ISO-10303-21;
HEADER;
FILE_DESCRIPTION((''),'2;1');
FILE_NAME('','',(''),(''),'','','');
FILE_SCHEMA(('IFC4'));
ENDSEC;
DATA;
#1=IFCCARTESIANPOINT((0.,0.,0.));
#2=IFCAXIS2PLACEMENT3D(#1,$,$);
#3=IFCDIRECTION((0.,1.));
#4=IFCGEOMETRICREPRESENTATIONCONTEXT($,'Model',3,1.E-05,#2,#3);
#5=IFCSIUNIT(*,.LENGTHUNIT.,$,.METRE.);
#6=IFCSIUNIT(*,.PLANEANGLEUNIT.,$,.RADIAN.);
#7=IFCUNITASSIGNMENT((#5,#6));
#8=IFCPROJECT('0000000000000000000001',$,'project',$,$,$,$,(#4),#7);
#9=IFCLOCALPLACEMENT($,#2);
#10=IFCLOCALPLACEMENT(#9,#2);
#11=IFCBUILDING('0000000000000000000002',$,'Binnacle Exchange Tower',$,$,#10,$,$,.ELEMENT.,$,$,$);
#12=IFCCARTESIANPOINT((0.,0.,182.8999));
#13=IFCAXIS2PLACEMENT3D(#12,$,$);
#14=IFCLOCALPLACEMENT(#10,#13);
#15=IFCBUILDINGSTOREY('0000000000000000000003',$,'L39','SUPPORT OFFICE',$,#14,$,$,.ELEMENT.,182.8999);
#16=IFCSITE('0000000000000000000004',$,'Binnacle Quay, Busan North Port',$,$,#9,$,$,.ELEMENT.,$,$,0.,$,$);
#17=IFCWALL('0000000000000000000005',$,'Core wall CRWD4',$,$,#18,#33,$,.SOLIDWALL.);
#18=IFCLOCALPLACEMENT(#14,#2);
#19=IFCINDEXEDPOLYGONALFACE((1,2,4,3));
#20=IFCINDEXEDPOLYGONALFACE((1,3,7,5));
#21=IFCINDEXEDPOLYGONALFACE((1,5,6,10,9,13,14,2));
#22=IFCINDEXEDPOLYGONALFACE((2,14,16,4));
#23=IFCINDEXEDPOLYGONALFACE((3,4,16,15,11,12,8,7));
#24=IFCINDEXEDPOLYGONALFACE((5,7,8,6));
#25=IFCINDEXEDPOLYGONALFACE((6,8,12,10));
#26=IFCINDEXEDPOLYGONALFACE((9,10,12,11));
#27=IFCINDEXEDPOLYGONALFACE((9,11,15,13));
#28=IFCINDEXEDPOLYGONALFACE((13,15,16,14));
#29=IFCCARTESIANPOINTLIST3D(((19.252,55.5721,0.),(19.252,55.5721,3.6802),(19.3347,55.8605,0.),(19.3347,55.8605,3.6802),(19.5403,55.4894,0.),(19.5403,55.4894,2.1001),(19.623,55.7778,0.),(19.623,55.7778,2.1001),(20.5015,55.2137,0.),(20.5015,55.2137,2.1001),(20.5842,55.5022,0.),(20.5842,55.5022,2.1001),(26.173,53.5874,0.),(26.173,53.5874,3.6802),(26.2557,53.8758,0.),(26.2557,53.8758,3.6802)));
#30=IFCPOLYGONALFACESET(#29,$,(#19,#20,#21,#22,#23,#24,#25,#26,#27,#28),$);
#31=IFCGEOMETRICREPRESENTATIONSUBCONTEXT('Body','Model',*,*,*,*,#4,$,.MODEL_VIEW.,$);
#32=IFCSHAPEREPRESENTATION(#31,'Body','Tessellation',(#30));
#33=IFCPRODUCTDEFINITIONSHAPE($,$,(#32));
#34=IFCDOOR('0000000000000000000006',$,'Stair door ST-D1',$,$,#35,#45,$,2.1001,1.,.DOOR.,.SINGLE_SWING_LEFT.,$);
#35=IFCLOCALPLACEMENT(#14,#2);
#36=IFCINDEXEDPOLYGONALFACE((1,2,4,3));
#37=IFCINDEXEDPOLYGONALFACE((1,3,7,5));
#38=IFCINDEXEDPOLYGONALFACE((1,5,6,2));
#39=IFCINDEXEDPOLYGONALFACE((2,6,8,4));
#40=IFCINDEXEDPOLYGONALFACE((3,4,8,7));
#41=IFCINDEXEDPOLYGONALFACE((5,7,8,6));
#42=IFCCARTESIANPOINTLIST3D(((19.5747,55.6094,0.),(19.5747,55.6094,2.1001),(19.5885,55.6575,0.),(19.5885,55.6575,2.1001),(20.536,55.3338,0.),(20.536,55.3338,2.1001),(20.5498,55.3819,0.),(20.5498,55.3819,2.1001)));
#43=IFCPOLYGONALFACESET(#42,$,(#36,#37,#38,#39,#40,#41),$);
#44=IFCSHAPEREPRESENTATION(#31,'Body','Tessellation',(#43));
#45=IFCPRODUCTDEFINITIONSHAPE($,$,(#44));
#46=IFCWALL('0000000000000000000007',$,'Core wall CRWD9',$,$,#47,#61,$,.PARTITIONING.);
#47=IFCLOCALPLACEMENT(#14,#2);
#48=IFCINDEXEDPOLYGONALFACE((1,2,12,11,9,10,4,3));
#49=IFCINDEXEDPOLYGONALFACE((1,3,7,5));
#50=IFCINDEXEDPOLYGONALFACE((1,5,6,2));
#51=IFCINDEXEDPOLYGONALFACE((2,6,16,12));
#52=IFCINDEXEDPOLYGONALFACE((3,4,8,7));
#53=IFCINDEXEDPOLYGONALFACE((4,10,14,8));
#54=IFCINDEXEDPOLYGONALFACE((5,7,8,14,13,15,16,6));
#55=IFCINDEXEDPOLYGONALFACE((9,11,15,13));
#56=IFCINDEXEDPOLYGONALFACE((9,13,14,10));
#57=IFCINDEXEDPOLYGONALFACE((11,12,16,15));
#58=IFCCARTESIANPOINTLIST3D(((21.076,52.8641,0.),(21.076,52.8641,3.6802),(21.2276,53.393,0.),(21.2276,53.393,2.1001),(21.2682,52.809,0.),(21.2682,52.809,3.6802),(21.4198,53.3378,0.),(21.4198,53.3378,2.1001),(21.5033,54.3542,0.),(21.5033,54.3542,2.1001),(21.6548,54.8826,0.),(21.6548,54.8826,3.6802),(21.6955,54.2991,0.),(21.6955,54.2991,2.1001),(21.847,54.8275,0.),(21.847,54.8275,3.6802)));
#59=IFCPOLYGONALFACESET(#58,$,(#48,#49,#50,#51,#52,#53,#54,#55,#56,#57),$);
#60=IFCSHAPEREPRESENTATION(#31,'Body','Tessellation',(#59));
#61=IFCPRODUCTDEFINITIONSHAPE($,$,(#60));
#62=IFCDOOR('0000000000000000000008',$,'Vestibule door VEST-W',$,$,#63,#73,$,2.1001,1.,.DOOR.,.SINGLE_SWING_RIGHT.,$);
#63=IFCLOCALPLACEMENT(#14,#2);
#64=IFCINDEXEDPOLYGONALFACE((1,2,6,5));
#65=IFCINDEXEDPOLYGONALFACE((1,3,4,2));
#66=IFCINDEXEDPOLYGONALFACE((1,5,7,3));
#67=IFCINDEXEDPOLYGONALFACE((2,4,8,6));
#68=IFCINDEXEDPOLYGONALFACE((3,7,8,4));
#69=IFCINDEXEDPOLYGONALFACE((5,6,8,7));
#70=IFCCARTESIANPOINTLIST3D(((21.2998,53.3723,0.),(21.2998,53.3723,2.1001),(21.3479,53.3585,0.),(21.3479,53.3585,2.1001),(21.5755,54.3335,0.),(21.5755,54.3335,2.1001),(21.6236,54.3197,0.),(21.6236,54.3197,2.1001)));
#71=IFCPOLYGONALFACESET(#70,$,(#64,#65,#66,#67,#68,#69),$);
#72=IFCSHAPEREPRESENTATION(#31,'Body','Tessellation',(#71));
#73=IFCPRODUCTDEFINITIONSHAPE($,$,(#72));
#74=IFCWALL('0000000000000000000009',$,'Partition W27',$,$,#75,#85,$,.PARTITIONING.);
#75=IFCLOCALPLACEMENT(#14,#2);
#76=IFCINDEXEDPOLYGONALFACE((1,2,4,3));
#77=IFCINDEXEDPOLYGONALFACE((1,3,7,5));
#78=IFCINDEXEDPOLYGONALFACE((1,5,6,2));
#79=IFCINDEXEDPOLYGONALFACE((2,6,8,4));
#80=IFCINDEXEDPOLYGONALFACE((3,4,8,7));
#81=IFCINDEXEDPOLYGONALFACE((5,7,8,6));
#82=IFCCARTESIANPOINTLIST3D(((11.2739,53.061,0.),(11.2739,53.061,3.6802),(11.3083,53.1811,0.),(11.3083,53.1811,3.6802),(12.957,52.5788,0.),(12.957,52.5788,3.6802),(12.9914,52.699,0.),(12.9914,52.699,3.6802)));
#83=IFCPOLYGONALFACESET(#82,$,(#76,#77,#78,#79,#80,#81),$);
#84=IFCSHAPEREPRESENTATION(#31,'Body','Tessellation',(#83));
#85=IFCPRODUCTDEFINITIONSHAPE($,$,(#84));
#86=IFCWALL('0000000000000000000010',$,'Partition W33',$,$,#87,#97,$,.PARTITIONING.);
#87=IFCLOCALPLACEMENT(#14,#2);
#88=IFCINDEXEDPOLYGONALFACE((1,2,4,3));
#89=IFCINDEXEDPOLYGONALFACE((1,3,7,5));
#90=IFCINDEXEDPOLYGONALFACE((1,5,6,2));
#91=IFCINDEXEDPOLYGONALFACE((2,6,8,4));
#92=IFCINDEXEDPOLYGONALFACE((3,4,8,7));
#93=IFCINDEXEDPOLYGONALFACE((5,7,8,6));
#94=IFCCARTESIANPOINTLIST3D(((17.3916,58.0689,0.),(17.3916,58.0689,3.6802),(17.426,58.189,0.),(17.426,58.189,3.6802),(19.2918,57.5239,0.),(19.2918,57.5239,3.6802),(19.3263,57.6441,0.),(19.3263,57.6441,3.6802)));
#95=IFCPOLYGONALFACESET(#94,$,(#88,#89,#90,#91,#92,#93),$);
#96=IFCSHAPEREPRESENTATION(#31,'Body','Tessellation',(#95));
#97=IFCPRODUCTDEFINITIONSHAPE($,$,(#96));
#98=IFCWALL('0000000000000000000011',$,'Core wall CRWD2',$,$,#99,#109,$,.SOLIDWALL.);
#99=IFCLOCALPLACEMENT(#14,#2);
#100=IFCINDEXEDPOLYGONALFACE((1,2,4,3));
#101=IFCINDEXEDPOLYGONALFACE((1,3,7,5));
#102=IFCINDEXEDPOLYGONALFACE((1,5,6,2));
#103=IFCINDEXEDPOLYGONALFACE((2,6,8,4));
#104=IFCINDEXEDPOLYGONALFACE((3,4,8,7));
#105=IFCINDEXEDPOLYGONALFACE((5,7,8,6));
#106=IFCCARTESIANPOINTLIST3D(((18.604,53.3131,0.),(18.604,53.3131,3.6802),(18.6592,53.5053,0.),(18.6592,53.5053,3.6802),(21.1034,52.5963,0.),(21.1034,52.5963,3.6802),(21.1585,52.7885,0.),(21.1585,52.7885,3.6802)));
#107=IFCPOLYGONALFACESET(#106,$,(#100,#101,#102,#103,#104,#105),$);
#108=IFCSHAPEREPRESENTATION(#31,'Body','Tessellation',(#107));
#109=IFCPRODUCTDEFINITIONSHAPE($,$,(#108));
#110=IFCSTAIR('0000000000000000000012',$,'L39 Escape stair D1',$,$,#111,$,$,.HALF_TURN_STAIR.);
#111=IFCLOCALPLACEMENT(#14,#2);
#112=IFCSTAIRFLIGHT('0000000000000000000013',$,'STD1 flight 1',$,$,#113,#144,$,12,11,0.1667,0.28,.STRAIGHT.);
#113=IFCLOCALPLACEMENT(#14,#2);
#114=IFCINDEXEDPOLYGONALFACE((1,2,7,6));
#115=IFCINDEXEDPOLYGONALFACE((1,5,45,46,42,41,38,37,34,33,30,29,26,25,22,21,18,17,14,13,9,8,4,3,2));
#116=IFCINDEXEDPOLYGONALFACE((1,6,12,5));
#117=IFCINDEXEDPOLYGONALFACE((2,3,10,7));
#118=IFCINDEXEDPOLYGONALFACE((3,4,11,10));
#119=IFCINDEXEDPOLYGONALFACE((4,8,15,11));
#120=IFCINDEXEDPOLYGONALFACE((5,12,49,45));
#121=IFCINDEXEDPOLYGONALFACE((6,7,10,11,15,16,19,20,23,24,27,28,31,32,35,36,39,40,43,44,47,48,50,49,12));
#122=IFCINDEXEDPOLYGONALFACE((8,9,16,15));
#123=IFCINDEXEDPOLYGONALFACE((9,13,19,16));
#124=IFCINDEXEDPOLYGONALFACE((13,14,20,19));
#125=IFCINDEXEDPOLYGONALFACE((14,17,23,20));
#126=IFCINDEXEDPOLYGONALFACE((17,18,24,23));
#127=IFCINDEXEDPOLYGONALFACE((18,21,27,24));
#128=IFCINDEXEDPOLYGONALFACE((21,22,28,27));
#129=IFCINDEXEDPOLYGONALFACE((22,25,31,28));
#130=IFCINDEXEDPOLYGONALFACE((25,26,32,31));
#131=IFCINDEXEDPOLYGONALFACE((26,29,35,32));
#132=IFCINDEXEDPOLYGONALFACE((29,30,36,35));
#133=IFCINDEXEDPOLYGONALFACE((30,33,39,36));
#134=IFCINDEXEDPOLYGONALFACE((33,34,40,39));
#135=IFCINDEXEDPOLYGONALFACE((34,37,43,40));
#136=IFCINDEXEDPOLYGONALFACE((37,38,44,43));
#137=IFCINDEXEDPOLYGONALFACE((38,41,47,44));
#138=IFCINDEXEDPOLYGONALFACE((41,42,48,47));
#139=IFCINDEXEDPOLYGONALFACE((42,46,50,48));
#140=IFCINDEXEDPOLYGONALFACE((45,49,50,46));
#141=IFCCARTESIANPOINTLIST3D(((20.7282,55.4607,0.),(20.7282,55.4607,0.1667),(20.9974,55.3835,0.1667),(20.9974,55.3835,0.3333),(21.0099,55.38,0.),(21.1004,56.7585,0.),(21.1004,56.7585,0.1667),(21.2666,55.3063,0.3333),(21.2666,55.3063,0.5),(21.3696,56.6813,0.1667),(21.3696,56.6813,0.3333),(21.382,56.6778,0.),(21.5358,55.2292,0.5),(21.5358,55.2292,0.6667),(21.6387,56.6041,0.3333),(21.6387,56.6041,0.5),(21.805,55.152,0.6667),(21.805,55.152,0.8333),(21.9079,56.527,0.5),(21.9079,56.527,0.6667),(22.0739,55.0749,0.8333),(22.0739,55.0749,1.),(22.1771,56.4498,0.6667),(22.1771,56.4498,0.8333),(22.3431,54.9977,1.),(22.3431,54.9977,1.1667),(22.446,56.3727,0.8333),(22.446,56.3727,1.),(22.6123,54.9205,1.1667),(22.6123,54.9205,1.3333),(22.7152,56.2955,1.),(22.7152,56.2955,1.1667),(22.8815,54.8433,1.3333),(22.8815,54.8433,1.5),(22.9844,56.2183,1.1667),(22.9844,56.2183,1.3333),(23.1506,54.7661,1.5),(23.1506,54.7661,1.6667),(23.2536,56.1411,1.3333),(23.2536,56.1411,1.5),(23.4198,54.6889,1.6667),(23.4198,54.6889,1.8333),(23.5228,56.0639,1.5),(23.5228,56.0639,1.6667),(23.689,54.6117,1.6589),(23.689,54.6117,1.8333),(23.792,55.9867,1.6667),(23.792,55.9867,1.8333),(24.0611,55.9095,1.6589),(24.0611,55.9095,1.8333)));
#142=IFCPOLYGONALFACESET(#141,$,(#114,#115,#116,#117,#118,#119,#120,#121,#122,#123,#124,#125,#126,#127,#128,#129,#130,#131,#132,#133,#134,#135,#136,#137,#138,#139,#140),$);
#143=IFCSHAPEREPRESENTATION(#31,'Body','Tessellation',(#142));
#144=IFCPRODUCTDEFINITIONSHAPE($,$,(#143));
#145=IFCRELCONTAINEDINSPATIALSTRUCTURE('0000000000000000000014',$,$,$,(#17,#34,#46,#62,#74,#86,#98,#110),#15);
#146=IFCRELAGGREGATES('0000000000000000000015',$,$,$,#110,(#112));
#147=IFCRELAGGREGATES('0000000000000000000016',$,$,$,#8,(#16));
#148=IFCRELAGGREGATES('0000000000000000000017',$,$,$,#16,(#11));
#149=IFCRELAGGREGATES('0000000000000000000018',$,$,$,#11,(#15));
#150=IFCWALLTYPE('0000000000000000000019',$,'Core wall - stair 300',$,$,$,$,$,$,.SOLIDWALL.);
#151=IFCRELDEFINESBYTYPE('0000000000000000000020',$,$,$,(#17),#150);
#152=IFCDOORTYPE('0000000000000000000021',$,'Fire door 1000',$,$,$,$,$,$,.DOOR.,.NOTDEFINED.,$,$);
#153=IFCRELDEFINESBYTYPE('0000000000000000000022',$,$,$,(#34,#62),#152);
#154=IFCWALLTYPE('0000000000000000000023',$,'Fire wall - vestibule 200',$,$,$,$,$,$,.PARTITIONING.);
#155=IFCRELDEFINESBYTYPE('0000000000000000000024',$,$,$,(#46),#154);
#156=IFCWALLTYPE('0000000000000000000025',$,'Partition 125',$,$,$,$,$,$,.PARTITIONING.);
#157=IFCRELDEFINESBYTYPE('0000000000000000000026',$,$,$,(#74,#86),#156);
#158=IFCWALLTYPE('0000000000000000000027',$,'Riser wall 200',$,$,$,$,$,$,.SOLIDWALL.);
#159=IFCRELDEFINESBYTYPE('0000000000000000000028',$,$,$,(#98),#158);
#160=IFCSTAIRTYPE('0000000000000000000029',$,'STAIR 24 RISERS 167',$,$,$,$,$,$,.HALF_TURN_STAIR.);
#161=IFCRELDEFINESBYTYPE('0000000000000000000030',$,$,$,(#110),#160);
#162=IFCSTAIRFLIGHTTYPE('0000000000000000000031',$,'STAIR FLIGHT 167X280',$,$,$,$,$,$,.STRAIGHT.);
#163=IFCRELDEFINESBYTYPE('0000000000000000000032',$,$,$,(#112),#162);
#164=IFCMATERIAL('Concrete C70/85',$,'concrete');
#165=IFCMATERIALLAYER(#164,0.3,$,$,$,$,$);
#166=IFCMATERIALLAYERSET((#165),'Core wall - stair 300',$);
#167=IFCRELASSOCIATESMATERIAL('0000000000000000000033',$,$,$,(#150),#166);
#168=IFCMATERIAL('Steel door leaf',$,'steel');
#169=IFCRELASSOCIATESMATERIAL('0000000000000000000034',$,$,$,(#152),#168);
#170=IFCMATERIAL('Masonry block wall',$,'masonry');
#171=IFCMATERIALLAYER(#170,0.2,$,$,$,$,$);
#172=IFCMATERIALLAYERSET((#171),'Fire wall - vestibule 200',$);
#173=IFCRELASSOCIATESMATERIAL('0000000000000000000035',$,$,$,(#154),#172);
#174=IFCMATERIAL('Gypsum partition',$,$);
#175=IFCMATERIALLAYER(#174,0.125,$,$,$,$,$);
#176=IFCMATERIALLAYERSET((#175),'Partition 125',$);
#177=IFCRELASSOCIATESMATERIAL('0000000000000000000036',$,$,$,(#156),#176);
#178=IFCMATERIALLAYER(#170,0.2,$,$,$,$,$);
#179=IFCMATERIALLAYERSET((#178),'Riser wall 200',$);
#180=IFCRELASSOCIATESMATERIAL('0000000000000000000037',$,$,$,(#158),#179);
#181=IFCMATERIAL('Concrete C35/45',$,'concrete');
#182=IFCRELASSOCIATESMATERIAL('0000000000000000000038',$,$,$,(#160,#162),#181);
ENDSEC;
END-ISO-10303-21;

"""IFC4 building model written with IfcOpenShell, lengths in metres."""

from ifc_helpers import new_model, si_unit, direction, frame, frame_2d, origin, place, context, subcontext, project, spatial, polyline, rectangle, outline, extrude, material, layer, layer_set, type_object, element, fill, aggregate, save


model = new_model("IFC4")

# Units and contexts
model_context = context("Model", 3, precision=1e-05, world=origin(), true_north=direction((0.0, 1.0)))
body_context = subcontext(model_context, "Body", "Model", "MODEL_VIEW")
ifc_project = project(units=[si_unit("LENGTHUNIT", "METRE"), si_unit("PLANEANGLEUNIT", "RADIAN")], contexts=[model_context])

# Site, building, storey
site_placement = place(None, origin())
site = spatial("IfcSite", under=ifc_project, at=site_placement, Name="Binnacle Quay, Busan North Port", CompositionType="ELEMENT", RefElevation=0.0)
building_placement = place(site_placement, origin())
building = spatial("IfcBuilding", under=site, at=building_placement, Name="Binnacle Exchange Tower", CompositionType="ELEMENT")
storey_placement = place(building_placement, frame((0.0, 0.0, 182.8999)))
storey = spatial("IfcBuildingStorey", under=building, at=storey_placement, Name="L39", Description="SUPPORT OFFICE", CompositionType="ELEMENT", Elevation=182.8999)

# Shared definitions
ifc_material_1 = material(Name="Concrete C70/85", Category="concrete")

# Shared definitions
ifc_material_2 = material(Name="Steel door leaf", Category="steel")

# Walls, openings, doors
ifc_layer_1 = layer(ifc_material_1, 0.3)
ifc_layer_set_1 = layer_set([ifc_layer_1], Name="Core wall - stair 300")
wall_type_1 = type_object("IfcWallType", Name="Core wall - stair 300", PredefinedType="SOLIDWALL", material=ifc_layer_set_1)
wall_1_placement = place(storey_placement, frame((19.2932, 55.7163, 0.0), z_axis=(0.0, 0.0, 1.0), x_axis=(0.961259, -0.275648, 0.0)))
wall_1 = element("IfcWall", 1, at=wall_1_placement, inside=storey, type_object=wall_type_1, Name="Core wall CRWD4", PredefinedType="SOLIDWALL", context=body_context, shape_type="SweptSolid", body=[
    extrude(rectangle(XDim=7.2, YDim=0.3, at=frame_2d((3.6001, 0.0))), origin(), (0.0, 0.0, 1.0), 3.6802),
])
opening_1_placement = place(wall_1_placement, frame((0.3, 0.0, 0.0)))
opening_1 = element("IfcOpeningElement", 2, at=opening_1_placement, cuts=wall_1, PredefinedType="OPENING", context=body_context, shape_type="SweptSolid", body=[
    extrude(rectangle(XDim=1.0, YDim=2.1001, at=frame_2d((0.5, 1.05))), frame((0.0, 0.1599, 0.0), z_axis=(0.0, -1.0, 0.0), x_axis=(1.0, 0.0, 0.0)), (0.0, 0.0, 1.0), 0.3201),
])
door_type_1 = type_object("IfcDoorType", Name="Fire door 1000", OperationType="NOTDEFINED", PredefinedType="DOOR", material=ifc_material_2)
door_1_placement = place(opening_1_placement, origin())
door_1 = element("IfcDoor", 3, at=door_1_placement, inside=storey, type_object=door_type_1, Name="Stair door ST-D1", OperationType="SINGLE_SWING_LEFT", OverallHeight=2.1001, OverallWidth=1.0, PredefinedType="DOOR", context=body_context, shape_type="SweptSolid", body=[
    extrude(rectangle(XDim=1.0, YDim=2.1001, at=frame_2d((0.5, 1.05))), frame((0.0, 0.0249, 0.0), z_axis=(0.0, -1.0, 0.0), x_axis=(1.0, 0.0, 0.0)), (0.0, 0.0, 1.0), 0.05),
])
fill(opening_1, door_1)
ifc_material_3 = material(Name="Masonry block wall", Category="masonry")
ifc_layer_2 = layer(ifc_material_3, 0.2)
ifc_layer_set_2 = layer_set([ifc_layer_2], Name="Fire wall - vestibule 200")
wall_type_2 = type_object("IfcWallType", Name="Fire wall - vestibule 200", PredefinedType="PARTITIONING", material=ifc_layer_set_2)
wall_2_placement = place(storey_placement, frame((21.1721, 52.8367, 0.0), z_axis=(0.0, 0.0, 1.0), x_axis=(0.275658, 0.961256, 0.0)))
wall_2 = element("IfcWall", 4, at=wall_2_placement, inside=storey, type_object=wall_type_2, Name="Core wall CRWD9", PredefinedType="PARTITIONING", context=body_context, shape_type="SweptSolid", body=[
    extrude(rectangle(XDim=2.0999, YDim=0.2, at=frame_2d((1.0498, 0.0))), origin(), (0.0, 0.0, 1.0), 3.6802),
])
opening_2_placement = place(wall_2_placement, frame((0.55, 0.0, 0.0)))
opening_2 = element("IfcOpeningElement", 5, at=opening_2_placement, cuts=wall_2, PredefinedType="OPENING", context=body_context, shape_type="SweptSolid", body=[
    extrude(rectangle(XDim=1.0, YDim=2.1001, at=frame_2d((0.5, 1.05))), frame((0.0, 0.1099, 0.0), z_axis=(0.0, -1.0, 0.0), x_axis=(1.0, 0.0, 0.0)), (0.0, 0.0, 1.0), 0.22),
])
door_2_placement = place(opening_2_placement, origin())
door_2 = element("IfcDoor", 6, at=door_2_placement, inside=storey, type_object=door_type_1, Name="Vestibule door VEST-W", OperationType="SINGLE_SWING_RIGHT", OverallHeight=2.1001, OverallWidth=1.0, PredefinedType="DOOR", context=body_context, shape_type="SweptSolid", body=[
    extrude(rectangle(XDim=1.0, YDim=2.1001, at=frame_2d((0.5, 1.05))), frame((0.0, 0.0249, 0.0), z_axis=(0.0, -1.0, 0.0), x_axis=(1.0, 0.0, 0.0)), (0.0, 0.0, 1.0), 0.05),
])
fill(opening_2, door_2)

# Walls
ifc_material_4 = material(Name="Gypsum partition")
ifc_layer_3 = layer(ifc_material_4, 0.125)
ifc_layer_set_3 = layer_set([ifc_layer_3], Name="Partition 125")
wall_type_3 = type_object("IfcWallType", Name="Partition 125", PredefinedType="PARTITIONING", material=ifc_layer_set_3)
wall_3_placement = place(storey_placement, frame((11.291, 53.1211, 0.0), z_axis=(0.0, 0.0, 1.0), x_axis=(0.961329, -0.275402, 0.0)))
element("IfcWall", 7, at=wall_3_placement, inside=storey, type_object=wall_type_3, Name="Partition W27", PredefinedType="PARTITIONING", context=body_context, shape_type="SweptSolid", body=[
    extrude(rectangle(XDim=1.7507, YDim=0.125, at=frame_2d((0.8755, 0.0))), origin(), (0.0, 0.0, 1.0), 3.6802),
])
wall_4_placement = place(storey_placement, frame((17.4089, 58.1289, 0.0), z_axis=(0.0, 0.0, 1.0), x_axis=(0.961253, -0.275667, 0.0)))
element("IfcWall", 8, at=wall_4_placement, inside=storey, type_object=wall_type_3, Name="Partition W33", PredefinedType="PARTITIONING", context=body_context, shape_type="SweptSolid", body=[
    extrude(rectangle(XDim=1.9768, YDim=0.125, at=frame_2d((0.9883, 0.0))), origin(), (0.0, 0.0, 1.0), 3.6802),
])
ifc_layer_4 = layer(ifc_material_3, 0.2)
ifc_layer_set_4 = layer_set([ifc_layer_4], Name="Riser wall 200")
wall_type_4 = type_object("IfcWallType", Name="Riser wall 200", PredefinedType="SOLIDWALL", material=ifc_layer_set_4)
wall_5_placement = place(storey_placement, frame((18.6316, 53.4092, 0.0), z_axis=(0.0, 0.0, 1.0), x_axis=(0.961247, -0.275688, 0.0)))
element("IfcWall", 9, at=wall_5_placement, inside=storey, type_object=wall_type_4, Name="Core wall CRWD2", PredefinedType="SOLIDWALL", context=body_context, shape_type="SweptSolid", body=[
    extrude(rectangle(XDim=2.6001, YDim=0.2, at=frame_2d((1.3, 0.0))), origin(), (0.0, 0.0, 1.0), 3.6802),
])

# Stair, stair flight
ifc_material_5 = material(Name="Concrete C35/45", Category="concrete")
stair_type = type_object("IfcStairType", Name="STAIR 24 RISERS 167", PredefinedType="HALF_TURN_STAIR", material=ifc_material_5)
stair_placement = place(storey_placement, origin())
stair = element("IfcStair", 10, at=stair_placement, inside=storey, type_object=stair_type, Name="L39 Escape stair D1", PredefinedType="HALF_TURN_STAIR")
stair_flight_type = type_object("IfcStairFlightType", Name="STAIR FLIGHT 167X280", PredefinedType="STRAIGHT", material=ifc_material_5)
stair_flight_placement = place(storey_placement, frame((20.9143, 56.1096, 0.0), z_axis=(0.0, 0.0, 1.0), x_axis=(0.961262, -0.275637, 0.0)))
stair_flight = element("IfcStairFlight", 11, at=stair_flight_placement, type_object=stair_flight_type, Name="STD1 flight 1", NumberOfRisers=12, NumberOfTreads=11, PredefinedType="STRAIGHT", RiserHeight=0.1667, TreadLength=0.28, context=body_context, shape_type="SweptSolid", body=[
    extrude(outline(polyline([(0.0, 0.0), (0.0, 0.1667), (0.28, 0.1667), (0.28, 0.3333), (0.5601, 0.3333), (0.5601, 0.5), (0.8401, 0.5), (0.8401, 0.6667), (1.1201, 0.6667), (1.1201, 0.8333), (1.3999, 0.8333), (1.3999, 1.0), (1.6799, 1.0), (1.6799, 1.1667), (1.96, 1.1667), (1.96, 1.3333), (2.24, 1.3333), (2.24, 1.5), (2.52, 1.5), (2.52, 1.6667), (2.8, 1.6667), (2.8, 1.8333), (3.0801, 1.8333), (3.0801, 2.0), (3.0801, 1.6589), (0.293, 0.0), (0.0, 0.0)])), frame((0.0, 0.675, 0.0), z_axis=(0.0, -1.0, 0.0), x_axis=(1.0, 0.0, 0.0)), (0.0, 0.0, 1.0), 1.3501),
])
aggregate(stair, [stair_flight])

save(model, "model.ifc")
